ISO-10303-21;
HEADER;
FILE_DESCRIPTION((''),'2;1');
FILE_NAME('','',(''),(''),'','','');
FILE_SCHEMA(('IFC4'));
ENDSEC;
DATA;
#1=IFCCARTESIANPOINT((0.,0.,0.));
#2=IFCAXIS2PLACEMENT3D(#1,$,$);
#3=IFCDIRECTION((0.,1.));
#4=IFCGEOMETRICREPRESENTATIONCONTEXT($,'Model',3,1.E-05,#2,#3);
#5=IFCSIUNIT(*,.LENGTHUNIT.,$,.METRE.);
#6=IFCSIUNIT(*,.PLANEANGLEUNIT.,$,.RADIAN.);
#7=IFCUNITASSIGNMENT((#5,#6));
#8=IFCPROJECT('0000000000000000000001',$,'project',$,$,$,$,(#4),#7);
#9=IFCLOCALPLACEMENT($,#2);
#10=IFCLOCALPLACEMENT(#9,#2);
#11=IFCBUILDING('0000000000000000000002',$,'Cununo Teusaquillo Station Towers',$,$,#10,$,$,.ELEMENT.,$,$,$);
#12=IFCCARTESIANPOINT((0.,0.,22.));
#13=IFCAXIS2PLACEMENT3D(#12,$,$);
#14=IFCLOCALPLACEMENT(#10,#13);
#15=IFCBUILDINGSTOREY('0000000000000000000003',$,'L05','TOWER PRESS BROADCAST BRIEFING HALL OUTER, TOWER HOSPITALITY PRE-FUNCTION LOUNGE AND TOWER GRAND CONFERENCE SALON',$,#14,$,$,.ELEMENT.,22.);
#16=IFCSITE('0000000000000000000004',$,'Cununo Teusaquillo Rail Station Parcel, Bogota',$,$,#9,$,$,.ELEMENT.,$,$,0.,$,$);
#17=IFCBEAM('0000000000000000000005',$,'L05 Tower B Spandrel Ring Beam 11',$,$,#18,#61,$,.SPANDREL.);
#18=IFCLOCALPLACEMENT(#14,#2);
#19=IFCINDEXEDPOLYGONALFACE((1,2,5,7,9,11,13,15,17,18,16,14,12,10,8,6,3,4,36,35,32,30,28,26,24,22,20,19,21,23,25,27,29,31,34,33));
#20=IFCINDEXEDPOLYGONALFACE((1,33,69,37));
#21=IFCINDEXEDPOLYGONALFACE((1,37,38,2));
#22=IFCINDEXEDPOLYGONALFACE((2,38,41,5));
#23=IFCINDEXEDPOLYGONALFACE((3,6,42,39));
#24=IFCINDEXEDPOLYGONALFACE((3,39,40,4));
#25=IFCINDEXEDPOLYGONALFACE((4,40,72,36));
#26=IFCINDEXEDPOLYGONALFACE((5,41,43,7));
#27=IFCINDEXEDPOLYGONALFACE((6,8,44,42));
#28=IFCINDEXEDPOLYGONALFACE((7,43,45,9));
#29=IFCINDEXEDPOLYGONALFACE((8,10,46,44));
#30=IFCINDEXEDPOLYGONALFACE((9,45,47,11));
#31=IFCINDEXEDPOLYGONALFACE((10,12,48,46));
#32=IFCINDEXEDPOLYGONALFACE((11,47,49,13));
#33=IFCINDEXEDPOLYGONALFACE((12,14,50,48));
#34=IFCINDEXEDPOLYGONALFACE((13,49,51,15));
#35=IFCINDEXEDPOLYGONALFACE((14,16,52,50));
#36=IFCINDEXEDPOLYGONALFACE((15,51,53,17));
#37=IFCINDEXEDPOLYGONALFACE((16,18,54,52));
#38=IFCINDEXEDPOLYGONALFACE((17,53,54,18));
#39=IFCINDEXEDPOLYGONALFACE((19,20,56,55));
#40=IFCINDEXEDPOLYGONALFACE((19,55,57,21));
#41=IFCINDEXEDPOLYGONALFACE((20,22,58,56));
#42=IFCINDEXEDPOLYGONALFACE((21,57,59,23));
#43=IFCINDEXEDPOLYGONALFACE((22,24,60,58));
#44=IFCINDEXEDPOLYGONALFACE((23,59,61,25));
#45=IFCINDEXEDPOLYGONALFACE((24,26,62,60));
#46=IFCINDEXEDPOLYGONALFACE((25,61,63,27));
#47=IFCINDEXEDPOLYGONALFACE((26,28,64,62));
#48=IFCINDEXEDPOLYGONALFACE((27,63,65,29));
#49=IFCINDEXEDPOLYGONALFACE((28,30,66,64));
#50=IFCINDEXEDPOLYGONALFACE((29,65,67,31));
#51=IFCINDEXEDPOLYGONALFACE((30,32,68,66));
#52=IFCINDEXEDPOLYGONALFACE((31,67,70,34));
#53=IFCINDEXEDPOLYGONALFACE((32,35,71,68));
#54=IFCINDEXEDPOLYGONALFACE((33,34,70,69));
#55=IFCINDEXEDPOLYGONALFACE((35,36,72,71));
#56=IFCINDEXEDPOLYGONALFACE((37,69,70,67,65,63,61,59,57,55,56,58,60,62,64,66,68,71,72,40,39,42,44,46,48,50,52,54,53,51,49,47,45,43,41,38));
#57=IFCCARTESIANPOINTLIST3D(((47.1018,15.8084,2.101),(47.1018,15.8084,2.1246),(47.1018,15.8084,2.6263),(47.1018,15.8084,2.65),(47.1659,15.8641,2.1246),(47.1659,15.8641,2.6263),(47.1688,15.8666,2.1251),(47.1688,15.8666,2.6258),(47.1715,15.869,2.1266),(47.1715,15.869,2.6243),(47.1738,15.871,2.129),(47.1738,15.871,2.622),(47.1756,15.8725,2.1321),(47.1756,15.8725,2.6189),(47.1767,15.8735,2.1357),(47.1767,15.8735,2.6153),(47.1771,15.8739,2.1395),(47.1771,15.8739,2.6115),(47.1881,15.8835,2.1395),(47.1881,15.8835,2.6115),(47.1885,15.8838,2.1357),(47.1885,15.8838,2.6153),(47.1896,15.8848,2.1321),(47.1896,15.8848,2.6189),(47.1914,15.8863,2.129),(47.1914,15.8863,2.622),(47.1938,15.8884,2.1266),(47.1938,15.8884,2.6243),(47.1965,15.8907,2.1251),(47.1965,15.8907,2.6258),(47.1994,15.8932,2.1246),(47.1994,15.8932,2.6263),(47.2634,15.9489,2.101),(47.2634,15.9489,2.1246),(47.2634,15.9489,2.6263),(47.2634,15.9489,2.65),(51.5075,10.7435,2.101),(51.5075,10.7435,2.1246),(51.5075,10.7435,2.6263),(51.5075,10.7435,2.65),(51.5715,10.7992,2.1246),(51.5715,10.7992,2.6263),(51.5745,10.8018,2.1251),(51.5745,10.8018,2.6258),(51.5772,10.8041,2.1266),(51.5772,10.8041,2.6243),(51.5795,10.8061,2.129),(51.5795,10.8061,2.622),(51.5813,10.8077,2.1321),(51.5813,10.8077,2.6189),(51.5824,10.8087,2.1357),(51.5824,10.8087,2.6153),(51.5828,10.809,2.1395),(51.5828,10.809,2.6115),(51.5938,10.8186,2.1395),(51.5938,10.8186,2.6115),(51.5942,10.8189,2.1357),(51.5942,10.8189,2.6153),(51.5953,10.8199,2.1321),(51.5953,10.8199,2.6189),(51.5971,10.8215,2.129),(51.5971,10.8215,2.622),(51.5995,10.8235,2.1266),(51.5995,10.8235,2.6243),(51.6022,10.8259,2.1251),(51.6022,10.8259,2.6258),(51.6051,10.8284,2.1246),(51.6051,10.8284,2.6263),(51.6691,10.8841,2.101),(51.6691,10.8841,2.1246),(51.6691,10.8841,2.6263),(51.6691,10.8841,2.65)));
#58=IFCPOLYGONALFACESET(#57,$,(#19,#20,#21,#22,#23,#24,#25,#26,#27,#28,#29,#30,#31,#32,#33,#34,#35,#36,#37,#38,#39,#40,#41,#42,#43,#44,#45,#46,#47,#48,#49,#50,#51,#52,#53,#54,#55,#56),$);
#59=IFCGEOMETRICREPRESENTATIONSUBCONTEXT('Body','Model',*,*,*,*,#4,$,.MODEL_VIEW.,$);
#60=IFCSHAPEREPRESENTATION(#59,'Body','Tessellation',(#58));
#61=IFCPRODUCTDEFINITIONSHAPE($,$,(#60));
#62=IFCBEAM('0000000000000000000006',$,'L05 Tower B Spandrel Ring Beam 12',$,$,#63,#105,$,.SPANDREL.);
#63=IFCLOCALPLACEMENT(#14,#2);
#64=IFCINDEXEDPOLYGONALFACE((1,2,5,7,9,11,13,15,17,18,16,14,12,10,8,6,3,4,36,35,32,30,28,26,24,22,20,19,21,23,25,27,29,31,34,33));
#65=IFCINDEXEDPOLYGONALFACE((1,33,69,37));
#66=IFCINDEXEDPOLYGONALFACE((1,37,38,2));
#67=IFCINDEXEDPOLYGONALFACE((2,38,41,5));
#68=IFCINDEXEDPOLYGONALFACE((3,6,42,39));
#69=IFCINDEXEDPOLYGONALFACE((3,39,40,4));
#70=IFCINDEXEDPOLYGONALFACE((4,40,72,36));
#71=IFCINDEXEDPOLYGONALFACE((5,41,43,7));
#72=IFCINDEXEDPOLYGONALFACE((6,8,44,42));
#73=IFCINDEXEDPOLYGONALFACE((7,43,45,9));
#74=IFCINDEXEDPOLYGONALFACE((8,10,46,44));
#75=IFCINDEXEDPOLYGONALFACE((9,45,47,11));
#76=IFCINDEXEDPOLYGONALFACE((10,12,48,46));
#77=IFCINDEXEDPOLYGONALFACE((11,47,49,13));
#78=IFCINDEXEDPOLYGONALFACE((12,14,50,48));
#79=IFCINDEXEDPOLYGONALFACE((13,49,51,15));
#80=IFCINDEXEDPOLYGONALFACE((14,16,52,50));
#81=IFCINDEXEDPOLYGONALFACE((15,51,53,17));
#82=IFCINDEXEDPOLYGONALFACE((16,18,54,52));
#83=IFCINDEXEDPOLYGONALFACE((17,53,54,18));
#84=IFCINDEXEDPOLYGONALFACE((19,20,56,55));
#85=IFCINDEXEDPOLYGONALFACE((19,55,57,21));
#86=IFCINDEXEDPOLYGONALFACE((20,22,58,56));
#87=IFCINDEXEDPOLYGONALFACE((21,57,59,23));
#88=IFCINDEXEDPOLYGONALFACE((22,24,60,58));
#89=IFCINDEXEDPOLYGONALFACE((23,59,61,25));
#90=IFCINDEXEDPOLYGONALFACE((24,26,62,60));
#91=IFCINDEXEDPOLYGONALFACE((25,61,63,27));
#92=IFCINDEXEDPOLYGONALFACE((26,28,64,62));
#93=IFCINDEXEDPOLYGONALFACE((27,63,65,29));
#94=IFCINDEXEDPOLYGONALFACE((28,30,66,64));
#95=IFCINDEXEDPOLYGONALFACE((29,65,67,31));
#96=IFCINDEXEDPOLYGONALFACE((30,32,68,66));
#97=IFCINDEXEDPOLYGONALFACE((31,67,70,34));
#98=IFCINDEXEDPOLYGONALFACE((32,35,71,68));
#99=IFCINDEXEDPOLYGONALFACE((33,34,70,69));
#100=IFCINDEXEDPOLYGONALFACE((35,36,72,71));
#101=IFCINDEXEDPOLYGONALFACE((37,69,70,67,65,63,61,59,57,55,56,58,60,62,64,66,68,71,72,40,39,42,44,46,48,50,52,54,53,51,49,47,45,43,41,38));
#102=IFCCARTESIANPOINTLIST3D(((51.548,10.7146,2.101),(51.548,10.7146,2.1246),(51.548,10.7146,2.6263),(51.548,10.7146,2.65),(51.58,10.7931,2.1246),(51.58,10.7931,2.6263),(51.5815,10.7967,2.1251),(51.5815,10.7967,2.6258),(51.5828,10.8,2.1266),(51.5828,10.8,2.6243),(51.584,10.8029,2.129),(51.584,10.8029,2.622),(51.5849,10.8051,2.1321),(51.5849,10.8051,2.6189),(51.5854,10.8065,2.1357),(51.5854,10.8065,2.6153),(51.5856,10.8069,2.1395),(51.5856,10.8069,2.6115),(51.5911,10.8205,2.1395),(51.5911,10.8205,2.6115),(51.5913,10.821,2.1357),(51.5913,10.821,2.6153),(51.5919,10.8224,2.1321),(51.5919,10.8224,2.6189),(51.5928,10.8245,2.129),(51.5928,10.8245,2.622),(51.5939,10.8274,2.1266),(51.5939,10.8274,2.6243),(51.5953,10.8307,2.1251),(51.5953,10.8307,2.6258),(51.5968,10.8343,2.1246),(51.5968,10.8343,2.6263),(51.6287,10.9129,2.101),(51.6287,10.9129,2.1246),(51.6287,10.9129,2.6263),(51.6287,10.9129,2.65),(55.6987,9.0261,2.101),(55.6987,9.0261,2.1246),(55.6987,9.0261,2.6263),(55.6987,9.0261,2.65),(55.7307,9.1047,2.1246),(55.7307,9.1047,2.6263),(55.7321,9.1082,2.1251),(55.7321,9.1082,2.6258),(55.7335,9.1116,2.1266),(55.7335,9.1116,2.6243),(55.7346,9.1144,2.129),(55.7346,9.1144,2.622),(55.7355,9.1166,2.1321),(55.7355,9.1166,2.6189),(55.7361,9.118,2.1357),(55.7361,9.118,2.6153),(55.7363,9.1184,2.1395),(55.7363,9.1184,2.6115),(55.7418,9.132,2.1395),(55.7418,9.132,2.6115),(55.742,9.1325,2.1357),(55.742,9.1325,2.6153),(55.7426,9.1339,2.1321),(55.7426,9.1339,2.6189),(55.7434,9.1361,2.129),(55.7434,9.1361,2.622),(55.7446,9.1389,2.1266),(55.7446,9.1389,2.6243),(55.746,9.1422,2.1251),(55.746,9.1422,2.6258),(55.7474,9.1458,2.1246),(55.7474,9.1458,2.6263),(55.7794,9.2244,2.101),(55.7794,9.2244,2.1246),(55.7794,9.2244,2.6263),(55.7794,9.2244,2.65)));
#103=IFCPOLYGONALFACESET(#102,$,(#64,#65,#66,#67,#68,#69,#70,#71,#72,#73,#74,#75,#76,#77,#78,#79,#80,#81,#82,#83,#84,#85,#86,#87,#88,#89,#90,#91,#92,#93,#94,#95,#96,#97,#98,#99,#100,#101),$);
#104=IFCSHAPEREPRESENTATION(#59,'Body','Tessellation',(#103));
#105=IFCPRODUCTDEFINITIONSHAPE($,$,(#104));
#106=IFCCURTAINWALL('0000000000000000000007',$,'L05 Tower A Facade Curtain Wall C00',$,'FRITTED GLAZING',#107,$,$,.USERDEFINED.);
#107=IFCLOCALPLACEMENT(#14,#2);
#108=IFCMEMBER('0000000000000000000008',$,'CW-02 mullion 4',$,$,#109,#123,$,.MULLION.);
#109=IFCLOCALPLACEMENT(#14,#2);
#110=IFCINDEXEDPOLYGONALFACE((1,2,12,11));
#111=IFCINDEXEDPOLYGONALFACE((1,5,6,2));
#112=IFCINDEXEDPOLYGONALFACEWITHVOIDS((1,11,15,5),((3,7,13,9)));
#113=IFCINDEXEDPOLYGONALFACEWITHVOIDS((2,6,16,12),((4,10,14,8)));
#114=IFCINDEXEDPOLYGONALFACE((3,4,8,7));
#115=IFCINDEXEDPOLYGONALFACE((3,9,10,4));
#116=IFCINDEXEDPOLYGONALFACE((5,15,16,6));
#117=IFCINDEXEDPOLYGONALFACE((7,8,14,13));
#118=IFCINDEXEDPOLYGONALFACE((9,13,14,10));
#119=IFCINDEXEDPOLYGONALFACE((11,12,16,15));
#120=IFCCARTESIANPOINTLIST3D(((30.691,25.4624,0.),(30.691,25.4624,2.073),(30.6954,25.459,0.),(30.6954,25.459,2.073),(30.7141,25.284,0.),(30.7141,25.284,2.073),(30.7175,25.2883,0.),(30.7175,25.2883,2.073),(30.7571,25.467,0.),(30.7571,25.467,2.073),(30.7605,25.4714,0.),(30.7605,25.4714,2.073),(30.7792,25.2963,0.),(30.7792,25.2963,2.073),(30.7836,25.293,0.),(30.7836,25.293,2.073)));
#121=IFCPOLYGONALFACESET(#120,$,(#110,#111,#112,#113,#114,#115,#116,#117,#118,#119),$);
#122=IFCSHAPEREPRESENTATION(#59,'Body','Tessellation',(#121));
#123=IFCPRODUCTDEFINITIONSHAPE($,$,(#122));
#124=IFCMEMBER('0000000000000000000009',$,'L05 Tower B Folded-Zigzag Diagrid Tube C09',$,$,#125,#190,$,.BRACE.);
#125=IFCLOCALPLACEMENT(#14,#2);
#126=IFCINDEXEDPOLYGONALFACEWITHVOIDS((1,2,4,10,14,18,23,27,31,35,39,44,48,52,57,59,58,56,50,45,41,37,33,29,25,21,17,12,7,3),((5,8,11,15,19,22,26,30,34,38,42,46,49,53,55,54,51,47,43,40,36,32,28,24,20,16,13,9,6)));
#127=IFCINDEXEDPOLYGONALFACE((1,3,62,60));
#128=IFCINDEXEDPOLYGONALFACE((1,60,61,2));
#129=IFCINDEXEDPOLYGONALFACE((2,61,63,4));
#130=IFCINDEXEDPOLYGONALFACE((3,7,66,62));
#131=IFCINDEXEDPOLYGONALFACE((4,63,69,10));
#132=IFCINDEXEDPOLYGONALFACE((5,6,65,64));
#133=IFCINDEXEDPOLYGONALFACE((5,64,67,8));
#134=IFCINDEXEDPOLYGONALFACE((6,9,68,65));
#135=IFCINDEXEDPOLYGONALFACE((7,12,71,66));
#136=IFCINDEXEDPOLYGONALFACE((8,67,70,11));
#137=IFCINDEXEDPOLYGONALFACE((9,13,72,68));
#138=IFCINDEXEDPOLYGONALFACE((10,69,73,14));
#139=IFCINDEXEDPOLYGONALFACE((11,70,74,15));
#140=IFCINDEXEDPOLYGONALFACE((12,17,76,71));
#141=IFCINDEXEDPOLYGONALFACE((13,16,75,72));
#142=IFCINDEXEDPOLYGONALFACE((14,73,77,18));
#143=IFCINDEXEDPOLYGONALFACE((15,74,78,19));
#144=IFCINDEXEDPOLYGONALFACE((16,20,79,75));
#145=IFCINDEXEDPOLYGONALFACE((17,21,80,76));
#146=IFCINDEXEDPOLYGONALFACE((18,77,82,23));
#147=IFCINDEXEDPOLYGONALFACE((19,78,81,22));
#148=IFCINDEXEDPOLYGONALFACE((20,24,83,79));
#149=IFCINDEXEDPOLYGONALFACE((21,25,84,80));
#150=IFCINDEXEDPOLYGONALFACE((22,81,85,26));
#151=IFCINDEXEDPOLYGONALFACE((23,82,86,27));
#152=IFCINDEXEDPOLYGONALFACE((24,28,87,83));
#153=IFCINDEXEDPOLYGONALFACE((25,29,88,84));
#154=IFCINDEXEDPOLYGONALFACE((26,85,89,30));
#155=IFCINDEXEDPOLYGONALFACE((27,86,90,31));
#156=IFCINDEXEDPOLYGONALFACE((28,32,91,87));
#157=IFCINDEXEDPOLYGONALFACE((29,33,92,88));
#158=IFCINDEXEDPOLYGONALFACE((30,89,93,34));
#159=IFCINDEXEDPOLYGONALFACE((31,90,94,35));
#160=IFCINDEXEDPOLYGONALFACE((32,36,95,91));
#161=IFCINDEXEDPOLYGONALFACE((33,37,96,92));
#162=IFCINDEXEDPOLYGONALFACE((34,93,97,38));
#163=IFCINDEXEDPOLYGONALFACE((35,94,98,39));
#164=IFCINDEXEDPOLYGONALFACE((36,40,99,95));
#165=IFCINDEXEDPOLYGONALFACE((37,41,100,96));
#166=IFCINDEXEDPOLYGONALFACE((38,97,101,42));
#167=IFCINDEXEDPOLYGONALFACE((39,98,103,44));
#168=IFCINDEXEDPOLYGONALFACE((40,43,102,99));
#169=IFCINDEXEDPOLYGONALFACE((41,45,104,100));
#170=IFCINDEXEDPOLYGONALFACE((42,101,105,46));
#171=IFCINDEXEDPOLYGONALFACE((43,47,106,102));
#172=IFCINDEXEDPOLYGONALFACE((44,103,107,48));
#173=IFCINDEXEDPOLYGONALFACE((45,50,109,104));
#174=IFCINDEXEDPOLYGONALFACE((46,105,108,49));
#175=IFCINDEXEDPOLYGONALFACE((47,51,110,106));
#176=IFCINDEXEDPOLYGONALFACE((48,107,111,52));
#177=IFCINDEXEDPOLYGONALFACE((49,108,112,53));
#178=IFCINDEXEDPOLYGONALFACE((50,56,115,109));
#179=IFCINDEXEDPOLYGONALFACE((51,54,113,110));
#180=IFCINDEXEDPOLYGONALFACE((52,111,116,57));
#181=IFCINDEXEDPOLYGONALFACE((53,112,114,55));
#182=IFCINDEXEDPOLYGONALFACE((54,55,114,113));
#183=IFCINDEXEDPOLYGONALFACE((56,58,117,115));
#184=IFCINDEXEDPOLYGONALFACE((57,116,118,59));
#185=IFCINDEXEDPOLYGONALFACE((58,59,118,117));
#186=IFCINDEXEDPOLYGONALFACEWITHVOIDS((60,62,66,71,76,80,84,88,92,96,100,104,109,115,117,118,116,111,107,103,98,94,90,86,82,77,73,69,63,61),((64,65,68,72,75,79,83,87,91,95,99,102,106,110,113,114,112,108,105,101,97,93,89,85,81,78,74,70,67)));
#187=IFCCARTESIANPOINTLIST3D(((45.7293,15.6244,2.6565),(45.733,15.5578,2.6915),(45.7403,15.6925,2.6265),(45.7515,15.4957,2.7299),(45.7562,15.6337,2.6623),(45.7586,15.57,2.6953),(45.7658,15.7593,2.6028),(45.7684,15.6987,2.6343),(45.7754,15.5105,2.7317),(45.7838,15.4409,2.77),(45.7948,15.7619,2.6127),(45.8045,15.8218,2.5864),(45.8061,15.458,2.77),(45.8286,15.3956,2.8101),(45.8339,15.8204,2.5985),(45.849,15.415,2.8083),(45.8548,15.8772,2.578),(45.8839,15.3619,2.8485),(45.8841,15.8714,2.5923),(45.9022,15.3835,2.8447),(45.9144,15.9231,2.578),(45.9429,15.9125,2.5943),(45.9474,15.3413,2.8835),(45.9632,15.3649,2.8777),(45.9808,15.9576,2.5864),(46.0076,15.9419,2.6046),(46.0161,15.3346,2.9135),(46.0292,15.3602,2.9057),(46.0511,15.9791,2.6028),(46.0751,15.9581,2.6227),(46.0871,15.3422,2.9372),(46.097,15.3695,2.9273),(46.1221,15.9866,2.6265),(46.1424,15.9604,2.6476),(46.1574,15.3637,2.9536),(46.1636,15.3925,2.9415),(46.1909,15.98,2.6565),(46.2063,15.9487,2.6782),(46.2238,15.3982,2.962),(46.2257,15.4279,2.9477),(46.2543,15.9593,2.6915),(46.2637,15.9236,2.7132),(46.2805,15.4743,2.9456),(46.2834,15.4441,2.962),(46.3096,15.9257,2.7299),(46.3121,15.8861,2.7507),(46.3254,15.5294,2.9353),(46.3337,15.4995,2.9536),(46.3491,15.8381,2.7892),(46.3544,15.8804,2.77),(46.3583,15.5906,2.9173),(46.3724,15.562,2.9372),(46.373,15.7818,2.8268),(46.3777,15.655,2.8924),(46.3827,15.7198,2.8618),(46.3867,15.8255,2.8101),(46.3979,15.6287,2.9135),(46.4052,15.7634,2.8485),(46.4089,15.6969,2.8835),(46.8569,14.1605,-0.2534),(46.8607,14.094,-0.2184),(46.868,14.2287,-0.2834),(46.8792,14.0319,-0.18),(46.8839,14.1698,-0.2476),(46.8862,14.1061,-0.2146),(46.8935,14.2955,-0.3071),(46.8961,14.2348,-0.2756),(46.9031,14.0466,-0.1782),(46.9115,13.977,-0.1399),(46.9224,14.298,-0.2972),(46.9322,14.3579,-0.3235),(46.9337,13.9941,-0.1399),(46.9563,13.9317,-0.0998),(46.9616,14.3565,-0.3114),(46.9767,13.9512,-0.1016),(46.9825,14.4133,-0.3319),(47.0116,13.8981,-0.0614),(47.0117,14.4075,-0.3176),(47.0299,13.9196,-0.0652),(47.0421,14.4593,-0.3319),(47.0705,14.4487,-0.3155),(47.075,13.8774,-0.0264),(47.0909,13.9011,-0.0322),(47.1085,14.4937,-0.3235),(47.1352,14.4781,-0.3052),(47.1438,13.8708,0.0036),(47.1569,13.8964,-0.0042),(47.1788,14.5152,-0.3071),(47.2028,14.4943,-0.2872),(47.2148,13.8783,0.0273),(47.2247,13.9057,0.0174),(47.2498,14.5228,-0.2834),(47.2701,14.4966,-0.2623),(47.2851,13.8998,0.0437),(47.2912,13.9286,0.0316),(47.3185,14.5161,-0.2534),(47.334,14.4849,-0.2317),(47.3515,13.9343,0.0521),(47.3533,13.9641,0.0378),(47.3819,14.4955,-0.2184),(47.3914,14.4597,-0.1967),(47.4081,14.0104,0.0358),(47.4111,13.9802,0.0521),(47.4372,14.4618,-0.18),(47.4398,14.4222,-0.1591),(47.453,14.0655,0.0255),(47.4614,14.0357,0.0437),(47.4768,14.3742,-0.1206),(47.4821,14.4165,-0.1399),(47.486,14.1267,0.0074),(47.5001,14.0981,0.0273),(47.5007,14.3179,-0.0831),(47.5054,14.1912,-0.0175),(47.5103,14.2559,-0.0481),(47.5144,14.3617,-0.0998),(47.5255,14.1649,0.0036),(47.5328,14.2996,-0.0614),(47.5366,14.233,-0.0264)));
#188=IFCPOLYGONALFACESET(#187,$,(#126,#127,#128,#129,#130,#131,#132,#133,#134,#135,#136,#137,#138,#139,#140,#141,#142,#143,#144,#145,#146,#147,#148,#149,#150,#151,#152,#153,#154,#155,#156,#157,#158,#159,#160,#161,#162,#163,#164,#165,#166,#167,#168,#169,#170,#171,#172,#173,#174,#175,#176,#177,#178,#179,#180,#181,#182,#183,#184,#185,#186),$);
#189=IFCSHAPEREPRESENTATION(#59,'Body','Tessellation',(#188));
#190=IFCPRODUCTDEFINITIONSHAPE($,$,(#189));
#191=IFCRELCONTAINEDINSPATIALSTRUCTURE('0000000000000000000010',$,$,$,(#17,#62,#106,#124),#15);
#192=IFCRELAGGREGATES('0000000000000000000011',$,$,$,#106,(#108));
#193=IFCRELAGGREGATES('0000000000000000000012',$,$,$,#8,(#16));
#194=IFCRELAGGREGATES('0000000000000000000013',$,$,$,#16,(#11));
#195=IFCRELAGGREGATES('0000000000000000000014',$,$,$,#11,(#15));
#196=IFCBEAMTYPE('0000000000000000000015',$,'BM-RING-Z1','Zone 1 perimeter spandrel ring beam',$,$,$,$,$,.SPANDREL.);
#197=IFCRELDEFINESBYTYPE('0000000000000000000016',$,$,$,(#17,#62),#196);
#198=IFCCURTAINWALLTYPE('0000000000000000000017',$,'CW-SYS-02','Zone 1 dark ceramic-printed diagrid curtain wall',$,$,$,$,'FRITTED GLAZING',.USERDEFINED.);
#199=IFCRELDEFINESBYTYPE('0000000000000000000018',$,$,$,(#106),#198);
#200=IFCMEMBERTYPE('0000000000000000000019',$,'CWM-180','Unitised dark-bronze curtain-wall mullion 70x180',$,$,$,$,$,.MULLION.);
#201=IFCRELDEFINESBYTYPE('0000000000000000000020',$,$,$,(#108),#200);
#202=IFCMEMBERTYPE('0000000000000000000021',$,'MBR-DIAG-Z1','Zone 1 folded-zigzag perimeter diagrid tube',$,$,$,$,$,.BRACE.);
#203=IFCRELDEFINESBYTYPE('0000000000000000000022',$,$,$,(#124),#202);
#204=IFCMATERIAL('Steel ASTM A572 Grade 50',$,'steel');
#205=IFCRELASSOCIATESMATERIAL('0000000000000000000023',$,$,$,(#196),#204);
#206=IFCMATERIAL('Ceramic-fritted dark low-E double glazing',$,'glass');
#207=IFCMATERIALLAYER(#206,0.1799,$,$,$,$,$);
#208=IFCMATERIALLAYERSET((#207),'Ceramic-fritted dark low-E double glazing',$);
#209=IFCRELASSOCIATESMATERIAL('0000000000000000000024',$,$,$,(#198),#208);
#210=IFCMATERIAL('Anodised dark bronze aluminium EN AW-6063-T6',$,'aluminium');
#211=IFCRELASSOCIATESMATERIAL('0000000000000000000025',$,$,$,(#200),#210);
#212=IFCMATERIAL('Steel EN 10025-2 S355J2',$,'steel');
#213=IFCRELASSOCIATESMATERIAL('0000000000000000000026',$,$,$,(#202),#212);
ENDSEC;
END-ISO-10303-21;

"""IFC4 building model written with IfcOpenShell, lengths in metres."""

from ifc_helpers import new_model, si_unit, direction, frame, origin, origin_2d, place, context, subcontext, project, spatial, hollow_rectangle, hollow_circle, i_section, extrude, material, layer, layer_set, material_profile, profile_set, type_object, element, aggregate, save


model = new_model("IFC4")

# Units and contexts
model_context = context("Model", 3, precision=1e-05, world=origin(), true_north=direction((0.0, 1.0)))
body_context = subcontext(model_context, "Body", "Model", "MODEL_VIEW")
ifc_project = project(units=[si_unit("LENGTHUNIT", "METRE"), si_unit("PLANEANGLEUNIT", "RADIAN")], contexts=[model_context])

# Site, building, storey
site_placement = place(None, origin())
site = spatial("IfcSite", under=ifc_project, at=site_placement, Name="Cununo Teusaquillo Rail Station Parcel, Bogota", CompositionType="ELEMENT", RefElevation=0.0)
building_placement = place(site_placement, origin())
building = spatial("IfcBuilding", under=site, at=building_placement, Name="Cununo Teusaquillo Station Towers", CompositionType="ELEMENT")
storey_placement = place(building_placement, frame((0.0, 0.0, 22.0)))
storey = spatial("IfcBuildingStorey", under=building, at=storey_placement, Name="L05", Description="TOWER PRESS BROADCAST BRIEFING HALL OUTER, TOWER HOSPITALITY PRE-FUNCTION LOUNGE AND TOWER GRAND CONFERENCE SALON", CompositionType="ELEMENT", Elevation=22.0)

# Beams
ifc_material_1 = material(Name="Steel ASTM A572 Grade 50", Category="steel")
ifc_material_profile_1 = material_profile(ifc_material_1, i_section(OverallWidth=0.2141, OverallDepth=0.5491, WebThickness=0.0146, FlangeThickness=0.0237, FilletRadius=0.0149, at=origin_2d()), Name="W21X93")
ifc_profile_set_1 = profile_set([ifc_material_profile_1], Name="Steel ASTM A572 Grade 50")
beam_type_1 = type_object("IfcBeamType", Name="BM-RING-Z1", Description="Zone 1 perimeter spandrel ring beam", PredefinedType="SPANDREL", material=ifc_profile_set_1)
beam_1_placement = place(storey_placement, frame((47.1826, 15.8787, 2.3755), z_axis=(0.656303, -0.754497, 0.0), x_axis=(0.754497, 0.656303, 0.0)))
element("IfcBeam", 1, at=beam_1_placement, inside=storey, type_object=beam_type_1, Name="L05 Tower B Spandrel Ring Beam 11", PredefinedType="SPANDREL", context=body_context, shape_type="SweptSolid", body=[
    extrude(i_section(OverallWidth=0.2141, OverallDepth=0.5491, WebThickness=0.0146, FlangeThickness=0.0237, FilletRadius=0.0149, at=origin_2d()), origin(), (0.0, 0.0, 1.0), 6.7129),
])
beam_2_placement = place(storey_placement, frame((51.5884, 10.8137, 2.3755), z_axis=(0.926289, -0.376814, 0.0), x_axis=(0.376814, 0.926289, 0.0)))
element("IfcBeam", 2, at=beam_2_placement, inside=storey, type_object=beam_type_1, Name="L05 Tower B Spandrel Ring Beam 12", PredefinedType="SPANDREL", context=body_context, shape_type="SweptSolid", body=[
    extrude(i_section(OverallWidth=0.2141, OverallDepth=0.5491, WebThickness=0.0146, FlangeThickness=0.0237, FilletRadius=0.0149, at=origin_2d()), origin(), (0.0, 0.0, 1.0), 4.481),
])

# Curtain wall, member
ifc_material_2 = material(Name="Ceramic-fritted dark low-E double glazing", Category="glass")
ifc_layer_1 = layer(ifc_material_2, 0.1799)
ifc_layer_set_1 = layer_set([ifc_layer_1], Name="Ceramic-fritted dark low-E double glazing")
curtain_wall_type = type_object("IfcCurtainWallType", Name="CW-SYS-02", Description="Zone 1 dark ceramic-printed diagrid curtain wall", ElementType="FRITTED GLAZING", PredefinedType="USERDEFINED", material=ifc_layer_set_1)
curtain_wall_placement = place(storey_placement, origin())
curtain_wall = element("IfcCurtainWall", 3, at=curtain_wall_placement, inside=storey, type_object=curtain_wall_type, Name="L05 Tower A Facade Curtain Wall C00", ObjectType="FRITTED GLAZING", PredefinedType="USERDEFINED")
ifc_material_3 = material(Name="Anodised dark bronze aluminium EN AW-6063-T6", Category="aluminium")
ifc_material_profile_2 = material_profile(ifc_material_3, hollow_rectangle(XDim=0.0701, YDim=0.1799, WallThickness=0.0039, at=origin_2d()), Name="CW-MULL-70x180")
ifc_profile_set_2 = profile_set([ifc_material_profile_2], Name="Anodised dark bronze aluminium EN AW-6063-T6")
member_type_1 = type_object("IfcMemberType", Name="CWM-180", Description="Unitised dark-bronze curtain-wall mullion 70x180", PredefinedType="MULLION", material=ifc_profile_set_2)
member_1_placement = place(storey_placement, frame((30.7373, 25.3777, 0.0), z_axis=(0.0, 0.0, 1.0), x_axis=(0.991736, 0.128292, 0.0)))
member_1 = element("IfcMember", 4, at=member_1_placement, type_object=member_type_1, Name="CW-02 mullion 4", PredefinedType="MULLION", context=body_context, shape_type="SweptSolid", body=[
    extrude(hollow_rectangle(XDim=0.0701, YDim=0.1799, WallThickness=0.0039, at=origin_2d()), origin(), (0.0, 0.0, 1.0), 2.073),
])
aggregate(curtain_wall, [member_1])

# Member
ifc_material_4 = material(Name="Steel EN 10025-2 S355J2", Category="steel")
ifc_material_profile_3 = material_profile(ifc_material_4, hollow_circle(Radius=0.3601, WallThickness=0.0281, at=origin_2d()), Name="CHS 720x28")
ifc_profile_set_3 = profile_set([ifc_material_profile_3], Name="Steel EN 10025-2 S355J2")
member_type_2 = type_object("IfcMemberType", Name="MBR-DIAG-Z1", Description="Zone 1 folded-zigzag perimeter diagrid tube", PredefinedType="BRACE", material=ifc_profile_set_3)
member_2_placement = place(storey_placement, frame((47.1968, 14.1968, -0.1399), z_axis=(-0.327145, 0.424672, 0.844174), x_axis=(-0.792196, -0.610266, 0.0)))
element("IfcMember", 5, at=member_2_placement, inside=storey, type_object=member_type_2, Name="L05 Tower B Folded-Zigzag Diagrid Tube C09", PredefinedType="BRACE", context=body_context, shape_type="SweptSolid", body=[
    extrude(hollow_circle(Radius=0.3601, WallThickness=0.0281, at=origin_2d()), origin(), (0.0, 0.0, 1.0), 3.447),
])

save(model, "model.ifc")
